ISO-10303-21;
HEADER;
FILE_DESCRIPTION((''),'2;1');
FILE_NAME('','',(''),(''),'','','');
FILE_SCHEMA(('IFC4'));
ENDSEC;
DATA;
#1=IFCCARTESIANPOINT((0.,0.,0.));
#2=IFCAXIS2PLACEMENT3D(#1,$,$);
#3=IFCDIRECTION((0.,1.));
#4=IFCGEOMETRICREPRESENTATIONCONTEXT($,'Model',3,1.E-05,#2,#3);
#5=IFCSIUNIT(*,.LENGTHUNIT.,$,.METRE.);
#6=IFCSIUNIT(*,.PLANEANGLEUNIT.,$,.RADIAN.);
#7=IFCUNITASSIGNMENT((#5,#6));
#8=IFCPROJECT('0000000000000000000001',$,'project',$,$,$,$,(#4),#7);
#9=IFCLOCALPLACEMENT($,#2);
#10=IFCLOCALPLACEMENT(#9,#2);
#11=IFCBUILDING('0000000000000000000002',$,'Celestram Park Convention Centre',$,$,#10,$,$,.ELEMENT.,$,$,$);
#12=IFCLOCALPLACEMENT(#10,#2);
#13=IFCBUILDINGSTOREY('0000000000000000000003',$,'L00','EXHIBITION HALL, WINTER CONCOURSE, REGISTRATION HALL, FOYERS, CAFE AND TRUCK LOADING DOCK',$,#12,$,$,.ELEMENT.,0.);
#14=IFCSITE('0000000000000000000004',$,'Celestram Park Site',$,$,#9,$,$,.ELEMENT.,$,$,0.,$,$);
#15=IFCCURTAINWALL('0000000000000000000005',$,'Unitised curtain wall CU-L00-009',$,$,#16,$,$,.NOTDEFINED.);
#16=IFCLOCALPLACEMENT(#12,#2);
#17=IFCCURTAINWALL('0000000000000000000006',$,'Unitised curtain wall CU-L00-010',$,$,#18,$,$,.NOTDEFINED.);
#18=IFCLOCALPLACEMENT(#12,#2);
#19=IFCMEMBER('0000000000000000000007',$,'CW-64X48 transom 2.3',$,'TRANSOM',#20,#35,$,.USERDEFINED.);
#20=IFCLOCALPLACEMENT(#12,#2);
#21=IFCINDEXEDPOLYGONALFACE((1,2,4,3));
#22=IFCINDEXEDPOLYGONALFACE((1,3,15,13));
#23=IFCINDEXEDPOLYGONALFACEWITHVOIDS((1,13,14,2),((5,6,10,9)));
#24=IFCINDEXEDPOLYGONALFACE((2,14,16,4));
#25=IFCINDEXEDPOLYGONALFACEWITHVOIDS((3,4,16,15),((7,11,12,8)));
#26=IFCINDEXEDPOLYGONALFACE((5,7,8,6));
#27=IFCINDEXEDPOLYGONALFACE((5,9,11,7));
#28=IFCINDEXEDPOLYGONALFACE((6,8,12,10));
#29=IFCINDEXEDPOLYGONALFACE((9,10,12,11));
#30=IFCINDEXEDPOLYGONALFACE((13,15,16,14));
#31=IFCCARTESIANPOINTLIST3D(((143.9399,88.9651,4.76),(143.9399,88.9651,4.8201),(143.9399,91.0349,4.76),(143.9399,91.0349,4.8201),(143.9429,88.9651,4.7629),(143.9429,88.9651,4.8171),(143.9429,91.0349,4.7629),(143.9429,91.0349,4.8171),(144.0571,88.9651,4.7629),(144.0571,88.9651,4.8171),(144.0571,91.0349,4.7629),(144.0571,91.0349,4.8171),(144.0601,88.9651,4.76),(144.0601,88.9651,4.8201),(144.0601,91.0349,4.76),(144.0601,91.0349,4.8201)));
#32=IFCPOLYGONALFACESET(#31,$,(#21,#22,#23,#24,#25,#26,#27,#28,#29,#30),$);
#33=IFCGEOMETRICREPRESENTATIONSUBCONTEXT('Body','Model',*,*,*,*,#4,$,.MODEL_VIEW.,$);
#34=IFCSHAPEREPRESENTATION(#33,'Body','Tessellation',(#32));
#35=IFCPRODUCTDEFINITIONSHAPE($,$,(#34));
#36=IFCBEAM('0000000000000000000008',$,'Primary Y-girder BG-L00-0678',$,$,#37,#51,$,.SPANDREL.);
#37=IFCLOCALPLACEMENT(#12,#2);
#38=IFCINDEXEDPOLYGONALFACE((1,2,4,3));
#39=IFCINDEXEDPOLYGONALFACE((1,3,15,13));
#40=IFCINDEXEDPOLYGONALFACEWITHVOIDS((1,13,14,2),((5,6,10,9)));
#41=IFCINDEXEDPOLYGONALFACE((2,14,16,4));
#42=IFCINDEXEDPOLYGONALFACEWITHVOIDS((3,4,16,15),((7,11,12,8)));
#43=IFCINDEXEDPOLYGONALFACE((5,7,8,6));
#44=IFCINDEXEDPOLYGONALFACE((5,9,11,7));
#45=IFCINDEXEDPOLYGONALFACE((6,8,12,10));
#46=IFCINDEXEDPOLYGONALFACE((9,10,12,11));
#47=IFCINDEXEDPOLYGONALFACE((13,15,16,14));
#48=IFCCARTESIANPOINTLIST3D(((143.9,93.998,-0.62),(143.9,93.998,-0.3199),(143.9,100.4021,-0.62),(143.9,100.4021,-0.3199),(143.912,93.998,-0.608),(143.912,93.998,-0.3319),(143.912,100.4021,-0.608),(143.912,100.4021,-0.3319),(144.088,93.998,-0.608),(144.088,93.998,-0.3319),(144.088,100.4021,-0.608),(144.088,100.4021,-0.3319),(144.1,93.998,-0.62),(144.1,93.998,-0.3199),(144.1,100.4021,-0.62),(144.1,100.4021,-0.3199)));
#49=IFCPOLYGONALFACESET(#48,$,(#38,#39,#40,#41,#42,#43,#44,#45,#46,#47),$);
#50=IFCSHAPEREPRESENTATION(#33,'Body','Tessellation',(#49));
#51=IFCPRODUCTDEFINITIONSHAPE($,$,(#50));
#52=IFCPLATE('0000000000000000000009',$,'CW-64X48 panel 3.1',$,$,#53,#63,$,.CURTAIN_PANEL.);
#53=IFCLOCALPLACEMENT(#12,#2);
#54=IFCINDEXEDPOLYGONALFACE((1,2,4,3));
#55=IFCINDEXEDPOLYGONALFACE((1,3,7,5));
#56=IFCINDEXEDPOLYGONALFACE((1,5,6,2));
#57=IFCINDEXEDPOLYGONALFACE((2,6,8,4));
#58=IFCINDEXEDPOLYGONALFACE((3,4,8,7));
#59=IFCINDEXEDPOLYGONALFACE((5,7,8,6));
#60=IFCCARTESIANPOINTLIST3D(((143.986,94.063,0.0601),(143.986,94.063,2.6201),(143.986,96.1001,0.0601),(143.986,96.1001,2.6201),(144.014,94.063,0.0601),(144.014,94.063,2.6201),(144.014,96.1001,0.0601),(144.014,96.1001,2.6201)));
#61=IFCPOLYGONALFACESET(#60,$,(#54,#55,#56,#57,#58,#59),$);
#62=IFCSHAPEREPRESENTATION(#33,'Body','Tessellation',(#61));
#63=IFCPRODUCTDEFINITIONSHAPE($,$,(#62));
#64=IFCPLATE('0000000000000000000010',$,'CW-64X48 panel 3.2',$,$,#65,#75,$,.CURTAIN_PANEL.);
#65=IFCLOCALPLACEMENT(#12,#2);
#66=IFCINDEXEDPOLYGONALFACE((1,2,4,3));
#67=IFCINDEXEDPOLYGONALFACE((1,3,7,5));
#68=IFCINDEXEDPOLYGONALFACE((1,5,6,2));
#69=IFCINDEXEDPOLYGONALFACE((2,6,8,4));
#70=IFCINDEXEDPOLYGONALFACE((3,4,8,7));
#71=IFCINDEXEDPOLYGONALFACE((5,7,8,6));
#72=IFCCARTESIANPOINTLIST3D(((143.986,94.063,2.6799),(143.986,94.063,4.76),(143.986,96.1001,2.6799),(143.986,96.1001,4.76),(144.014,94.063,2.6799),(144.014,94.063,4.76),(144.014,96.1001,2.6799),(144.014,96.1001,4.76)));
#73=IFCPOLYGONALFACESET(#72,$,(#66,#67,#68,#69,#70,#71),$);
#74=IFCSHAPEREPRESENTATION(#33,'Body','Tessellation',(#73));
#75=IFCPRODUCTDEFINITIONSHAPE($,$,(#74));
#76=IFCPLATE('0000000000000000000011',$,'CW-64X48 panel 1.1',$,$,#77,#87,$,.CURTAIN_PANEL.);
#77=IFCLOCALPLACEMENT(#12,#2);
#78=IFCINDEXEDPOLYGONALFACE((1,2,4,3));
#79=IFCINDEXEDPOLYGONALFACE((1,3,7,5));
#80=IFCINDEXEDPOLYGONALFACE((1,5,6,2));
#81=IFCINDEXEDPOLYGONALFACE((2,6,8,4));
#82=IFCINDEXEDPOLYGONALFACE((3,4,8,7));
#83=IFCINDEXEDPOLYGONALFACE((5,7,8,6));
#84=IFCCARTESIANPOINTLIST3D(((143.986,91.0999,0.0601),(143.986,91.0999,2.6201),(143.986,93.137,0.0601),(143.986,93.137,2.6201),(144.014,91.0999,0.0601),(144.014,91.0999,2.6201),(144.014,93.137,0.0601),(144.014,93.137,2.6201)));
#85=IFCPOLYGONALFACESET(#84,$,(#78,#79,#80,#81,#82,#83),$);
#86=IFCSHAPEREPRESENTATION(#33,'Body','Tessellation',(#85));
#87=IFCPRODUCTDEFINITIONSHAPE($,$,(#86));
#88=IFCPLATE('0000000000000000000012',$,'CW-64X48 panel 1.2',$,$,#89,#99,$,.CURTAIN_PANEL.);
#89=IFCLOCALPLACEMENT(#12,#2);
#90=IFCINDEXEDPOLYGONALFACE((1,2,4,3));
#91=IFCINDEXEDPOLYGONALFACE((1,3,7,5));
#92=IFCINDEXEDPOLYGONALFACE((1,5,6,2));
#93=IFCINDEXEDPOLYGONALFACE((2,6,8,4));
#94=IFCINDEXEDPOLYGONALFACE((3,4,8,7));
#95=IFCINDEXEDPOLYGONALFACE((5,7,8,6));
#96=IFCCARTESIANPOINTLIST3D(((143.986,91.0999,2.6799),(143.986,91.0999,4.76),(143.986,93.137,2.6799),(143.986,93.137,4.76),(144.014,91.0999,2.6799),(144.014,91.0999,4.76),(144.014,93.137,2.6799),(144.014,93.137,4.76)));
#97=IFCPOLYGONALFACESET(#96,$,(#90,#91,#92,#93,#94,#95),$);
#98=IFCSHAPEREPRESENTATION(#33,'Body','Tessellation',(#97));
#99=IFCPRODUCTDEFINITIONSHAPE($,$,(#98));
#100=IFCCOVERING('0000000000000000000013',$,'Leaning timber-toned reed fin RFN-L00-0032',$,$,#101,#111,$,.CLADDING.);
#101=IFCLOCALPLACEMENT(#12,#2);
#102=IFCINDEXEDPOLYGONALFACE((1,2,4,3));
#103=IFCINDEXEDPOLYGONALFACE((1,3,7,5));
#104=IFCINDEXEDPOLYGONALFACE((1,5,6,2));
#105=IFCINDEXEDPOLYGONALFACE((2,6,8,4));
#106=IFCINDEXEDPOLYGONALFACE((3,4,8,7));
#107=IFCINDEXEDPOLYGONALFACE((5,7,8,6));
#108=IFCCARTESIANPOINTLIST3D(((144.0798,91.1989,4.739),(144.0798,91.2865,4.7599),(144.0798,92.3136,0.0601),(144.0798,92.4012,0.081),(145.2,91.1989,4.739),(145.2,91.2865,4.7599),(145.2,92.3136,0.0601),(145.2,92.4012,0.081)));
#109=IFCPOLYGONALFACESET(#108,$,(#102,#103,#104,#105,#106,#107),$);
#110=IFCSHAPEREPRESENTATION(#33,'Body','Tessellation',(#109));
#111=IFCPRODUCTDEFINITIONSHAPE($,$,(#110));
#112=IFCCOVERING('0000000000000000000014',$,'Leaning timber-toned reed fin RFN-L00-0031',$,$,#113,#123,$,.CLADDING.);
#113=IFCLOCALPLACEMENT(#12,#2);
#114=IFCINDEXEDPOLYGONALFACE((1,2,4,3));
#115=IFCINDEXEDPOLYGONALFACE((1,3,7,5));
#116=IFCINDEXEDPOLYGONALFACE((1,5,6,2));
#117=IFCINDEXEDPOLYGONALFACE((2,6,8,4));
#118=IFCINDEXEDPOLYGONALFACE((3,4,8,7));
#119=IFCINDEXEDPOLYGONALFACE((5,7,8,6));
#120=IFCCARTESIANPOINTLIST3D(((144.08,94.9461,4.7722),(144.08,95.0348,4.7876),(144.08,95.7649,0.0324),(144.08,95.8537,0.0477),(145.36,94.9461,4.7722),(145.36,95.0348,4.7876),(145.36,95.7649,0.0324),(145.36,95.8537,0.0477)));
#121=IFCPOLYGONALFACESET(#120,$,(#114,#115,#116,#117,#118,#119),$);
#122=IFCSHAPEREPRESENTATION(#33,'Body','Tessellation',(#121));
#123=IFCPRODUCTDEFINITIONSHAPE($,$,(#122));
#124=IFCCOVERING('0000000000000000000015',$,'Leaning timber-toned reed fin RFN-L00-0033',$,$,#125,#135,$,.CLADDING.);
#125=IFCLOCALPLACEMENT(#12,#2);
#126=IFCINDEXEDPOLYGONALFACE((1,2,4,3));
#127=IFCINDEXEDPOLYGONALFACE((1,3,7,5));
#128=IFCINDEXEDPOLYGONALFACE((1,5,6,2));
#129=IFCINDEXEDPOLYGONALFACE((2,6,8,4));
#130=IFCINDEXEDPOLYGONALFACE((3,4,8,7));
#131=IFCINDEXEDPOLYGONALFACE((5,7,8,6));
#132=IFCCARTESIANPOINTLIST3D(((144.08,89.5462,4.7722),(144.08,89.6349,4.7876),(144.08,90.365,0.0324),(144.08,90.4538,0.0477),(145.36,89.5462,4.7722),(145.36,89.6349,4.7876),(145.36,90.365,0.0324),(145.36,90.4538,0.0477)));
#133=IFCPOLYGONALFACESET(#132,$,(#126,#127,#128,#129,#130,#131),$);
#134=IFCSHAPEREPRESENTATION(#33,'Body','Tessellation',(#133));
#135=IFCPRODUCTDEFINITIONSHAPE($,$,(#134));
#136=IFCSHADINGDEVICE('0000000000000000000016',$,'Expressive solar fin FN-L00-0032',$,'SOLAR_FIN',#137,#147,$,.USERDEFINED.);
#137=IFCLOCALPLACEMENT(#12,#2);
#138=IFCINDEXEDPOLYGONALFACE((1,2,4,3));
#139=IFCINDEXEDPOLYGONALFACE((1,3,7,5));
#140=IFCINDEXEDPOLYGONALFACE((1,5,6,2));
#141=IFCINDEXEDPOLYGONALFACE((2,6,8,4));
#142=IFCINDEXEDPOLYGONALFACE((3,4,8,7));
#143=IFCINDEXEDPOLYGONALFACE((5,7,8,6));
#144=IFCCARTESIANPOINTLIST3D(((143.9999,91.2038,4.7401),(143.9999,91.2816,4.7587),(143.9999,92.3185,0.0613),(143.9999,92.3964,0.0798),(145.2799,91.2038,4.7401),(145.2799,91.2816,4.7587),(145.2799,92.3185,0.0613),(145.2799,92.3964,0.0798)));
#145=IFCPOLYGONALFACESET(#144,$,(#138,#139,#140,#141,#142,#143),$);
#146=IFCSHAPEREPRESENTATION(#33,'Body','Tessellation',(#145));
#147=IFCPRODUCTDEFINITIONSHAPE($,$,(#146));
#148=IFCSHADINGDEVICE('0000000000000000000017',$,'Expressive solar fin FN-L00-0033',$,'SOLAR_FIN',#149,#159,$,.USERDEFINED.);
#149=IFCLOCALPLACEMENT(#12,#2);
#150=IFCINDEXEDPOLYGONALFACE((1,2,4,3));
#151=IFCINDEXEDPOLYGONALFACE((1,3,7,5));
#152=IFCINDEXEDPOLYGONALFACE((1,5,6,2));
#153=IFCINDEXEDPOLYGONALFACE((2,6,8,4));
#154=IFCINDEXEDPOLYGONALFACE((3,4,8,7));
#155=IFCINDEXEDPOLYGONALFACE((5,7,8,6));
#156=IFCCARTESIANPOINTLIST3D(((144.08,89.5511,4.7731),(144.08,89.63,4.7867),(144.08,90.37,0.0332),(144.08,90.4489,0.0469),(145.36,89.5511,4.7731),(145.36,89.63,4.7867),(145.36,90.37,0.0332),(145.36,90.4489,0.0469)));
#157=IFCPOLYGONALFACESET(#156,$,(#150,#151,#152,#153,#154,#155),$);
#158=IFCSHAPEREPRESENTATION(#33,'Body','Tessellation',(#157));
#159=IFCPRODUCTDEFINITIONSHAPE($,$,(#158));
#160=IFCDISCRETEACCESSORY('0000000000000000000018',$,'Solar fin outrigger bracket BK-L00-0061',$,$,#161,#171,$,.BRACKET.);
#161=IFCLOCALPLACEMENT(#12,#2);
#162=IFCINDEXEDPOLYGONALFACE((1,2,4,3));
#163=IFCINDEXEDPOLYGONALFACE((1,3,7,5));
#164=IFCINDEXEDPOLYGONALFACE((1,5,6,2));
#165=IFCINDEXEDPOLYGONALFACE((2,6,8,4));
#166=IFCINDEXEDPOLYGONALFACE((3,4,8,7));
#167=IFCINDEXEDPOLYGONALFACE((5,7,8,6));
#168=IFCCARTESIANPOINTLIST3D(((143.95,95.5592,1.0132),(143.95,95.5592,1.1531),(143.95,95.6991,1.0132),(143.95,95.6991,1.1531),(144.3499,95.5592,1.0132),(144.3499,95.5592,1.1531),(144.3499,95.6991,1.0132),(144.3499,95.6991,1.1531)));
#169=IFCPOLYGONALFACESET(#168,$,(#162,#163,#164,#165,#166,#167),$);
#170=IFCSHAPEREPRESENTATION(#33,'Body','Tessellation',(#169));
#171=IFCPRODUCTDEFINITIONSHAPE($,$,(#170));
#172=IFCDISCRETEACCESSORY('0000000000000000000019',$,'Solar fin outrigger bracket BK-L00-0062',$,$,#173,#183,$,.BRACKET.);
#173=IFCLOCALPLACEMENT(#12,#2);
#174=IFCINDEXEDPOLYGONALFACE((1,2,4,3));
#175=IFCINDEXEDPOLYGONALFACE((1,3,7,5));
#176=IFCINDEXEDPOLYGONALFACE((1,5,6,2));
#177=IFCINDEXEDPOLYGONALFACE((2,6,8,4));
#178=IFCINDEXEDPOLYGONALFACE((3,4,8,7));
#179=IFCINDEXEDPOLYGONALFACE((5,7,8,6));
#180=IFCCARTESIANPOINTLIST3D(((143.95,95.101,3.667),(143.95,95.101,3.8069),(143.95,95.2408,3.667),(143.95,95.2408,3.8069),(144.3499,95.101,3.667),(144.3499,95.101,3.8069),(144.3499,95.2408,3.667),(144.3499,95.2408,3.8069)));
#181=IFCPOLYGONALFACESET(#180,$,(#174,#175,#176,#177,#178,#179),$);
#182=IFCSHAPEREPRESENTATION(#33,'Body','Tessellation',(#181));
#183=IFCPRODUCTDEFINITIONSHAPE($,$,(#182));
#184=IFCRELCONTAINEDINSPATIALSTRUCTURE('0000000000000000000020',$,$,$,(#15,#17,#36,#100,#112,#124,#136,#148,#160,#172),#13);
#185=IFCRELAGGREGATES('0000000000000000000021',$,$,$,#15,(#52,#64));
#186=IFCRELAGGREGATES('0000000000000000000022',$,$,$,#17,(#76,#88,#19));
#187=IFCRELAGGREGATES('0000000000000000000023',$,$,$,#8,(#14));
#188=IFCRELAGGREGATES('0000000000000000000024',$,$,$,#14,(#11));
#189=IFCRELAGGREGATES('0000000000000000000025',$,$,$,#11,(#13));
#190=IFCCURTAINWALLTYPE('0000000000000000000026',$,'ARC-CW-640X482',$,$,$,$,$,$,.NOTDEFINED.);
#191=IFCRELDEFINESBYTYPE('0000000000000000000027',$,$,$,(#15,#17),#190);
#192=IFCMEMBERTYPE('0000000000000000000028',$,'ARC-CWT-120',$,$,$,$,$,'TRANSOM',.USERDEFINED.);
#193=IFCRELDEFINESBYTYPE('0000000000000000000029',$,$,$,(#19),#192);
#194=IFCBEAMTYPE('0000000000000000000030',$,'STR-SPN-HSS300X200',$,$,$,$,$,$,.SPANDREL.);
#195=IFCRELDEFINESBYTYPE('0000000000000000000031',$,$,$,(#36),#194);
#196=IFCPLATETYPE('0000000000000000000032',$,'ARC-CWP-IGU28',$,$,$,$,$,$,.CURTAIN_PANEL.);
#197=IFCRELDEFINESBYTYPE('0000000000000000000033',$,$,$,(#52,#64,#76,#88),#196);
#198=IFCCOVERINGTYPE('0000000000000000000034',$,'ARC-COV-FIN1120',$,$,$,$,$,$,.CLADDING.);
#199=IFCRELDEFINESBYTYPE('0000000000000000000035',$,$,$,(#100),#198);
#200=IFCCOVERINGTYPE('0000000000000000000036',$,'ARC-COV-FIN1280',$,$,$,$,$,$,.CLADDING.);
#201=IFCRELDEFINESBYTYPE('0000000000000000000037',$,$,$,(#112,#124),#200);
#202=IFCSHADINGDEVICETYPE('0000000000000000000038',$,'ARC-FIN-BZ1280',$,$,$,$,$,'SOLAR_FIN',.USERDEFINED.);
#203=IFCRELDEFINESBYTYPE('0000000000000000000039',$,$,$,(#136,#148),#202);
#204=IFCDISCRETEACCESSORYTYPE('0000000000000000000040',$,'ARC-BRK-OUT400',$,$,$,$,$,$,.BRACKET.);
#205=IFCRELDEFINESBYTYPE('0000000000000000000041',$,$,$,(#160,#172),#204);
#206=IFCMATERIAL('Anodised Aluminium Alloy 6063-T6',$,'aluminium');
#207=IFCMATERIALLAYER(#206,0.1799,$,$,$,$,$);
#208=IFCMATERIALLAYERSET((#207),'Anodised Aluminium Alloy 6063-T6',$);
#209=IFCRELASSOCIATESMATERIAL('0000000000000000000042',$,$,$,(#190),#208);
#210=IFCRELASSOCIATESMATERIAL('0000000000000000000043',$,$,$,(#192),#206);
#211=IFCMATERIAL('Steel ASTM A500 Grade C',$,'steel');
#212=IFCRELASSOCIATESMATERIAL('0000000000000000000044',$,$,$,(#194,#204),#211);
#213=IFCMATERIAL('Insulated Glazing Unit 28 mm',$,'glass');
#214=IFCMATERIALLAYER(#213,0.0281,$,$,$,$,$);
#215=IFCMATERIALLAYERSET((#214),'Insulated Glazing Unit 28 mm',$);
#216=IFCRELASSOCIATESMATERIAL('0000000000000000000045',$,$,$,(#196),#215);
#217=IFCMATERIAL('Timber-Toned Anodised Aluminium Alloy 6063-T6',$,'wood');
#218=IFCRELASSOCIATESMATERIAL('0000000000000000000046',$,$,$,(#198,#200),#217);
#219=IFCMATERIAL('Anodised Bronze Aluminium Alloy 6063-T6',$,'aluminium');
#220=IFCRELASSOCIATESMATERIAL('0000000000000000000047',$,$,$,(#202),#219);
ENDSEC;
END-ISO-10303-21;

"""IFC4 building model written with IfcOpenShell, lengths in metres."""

from ifc_helpers import new_model, si_unit, direction, frame, origin, origin_2d, place, context, subcontext, project, spatial, rectangle, hollow_rectangle, extrude, material, layer, layer_set, material_profile, profile_set, type_object, element, aggregate, save


model = new_model("IFC4")

# Units and contexts
model_context = context("Model", 3, precision=1e-05, world=origin(), true_north=direction((0.0, 1.0)))
body_context = subcontext(model_context, "Body", "Model", "MODEL_VIEW")
ifc_project = project(units=[si_unit("LENGTHUNIT", "METRE"), si_unit("PLANEANGLEUNIT", "RADIAN")], contexts=[model_context])

# Site, building, storey
site_placement = place(None, origin())
site = spatial("IfcSite", under=ifc_project, at=site_placement, Name="Celestram Park Site", CompositionType="ELEMENT", RefElevation=0.0)
building_placement = place(site_placement, origin())
building = spatial("IfcBuilding", under=site, at=building_placement, Name="Celestram Park Convention Centre", CompositionType="ELEMENT")
storey_placement = place(building_placement, origin())
storey = spatial("IfcBuildingStorey", under=building, at=storey_placement, Name="L00", Description="EXHIBITION HALL, WINTER CONCOURSE, REGISTRATION HALL, FOYERS, CAFE AND TRUCK LOADING DOCK", CompositionType="ELEMENT", Elevation=0.0)

# Curtain wall
ifc_material_1 = material(Name="Anodised Aluminium Alloy 6063-T6", Category="aluminium")
ifc_layer_1 = layer(ifc_material_1, 0.1799)
ifc_layer_set_1 = layer_set([ifc_layer_1], Name="Anodised Aluminium Alloy 6063-T6")
curtain_wall_type = type_object("IfcCurtainWallType", Name="ARC-CW-640X482", PredefinedType="NOTDEFINED", material=ifc_layer_set_1)
curtain_wall_1_placement = place(storey_placement, origin())
curtain_wall_1 = element("IfcCurtainWall", 1, at=curtain_wall_1_placement, inside=storey, type_object=curtain_wall_type, Name="Unitised curtain wall CU-L00-009", PredefinedType="NOTDEFINED")

# Curtain wall
curtain_wall_2_placement = place(storey_placement, origin())
curtain_wall_2 = element("IfcCurtainWall", 2, at=curtain_wall_2_placement, inside=storey, type_object=curtain_wall_type, Name="Unitised curtain wall CU-L00-010", PredefinedType="NOTDEFINED")

# Member
ifc_material_profile_1 = material_profile(ifc_material_1, hollow_rectangle(XDim=0.1201, YDim=0.0601, WallThickness=0.0029, at=origin_2d()), Name="ALU120X60X3")
ifc_profile_set_1 = profile_set([ifc_material_profile_1], Name="Anodised Aluminium Alloy 6063-T6")
member_type_1 = type_object("IfcMemberType", Name="ARC-CWT-120", ElementType="TRANSOM", PredefinedType="USERDEFINED", material=ifc_profile_set_1)
member_1_placement = place(storey_placement, frame((144.0, 91.0349, 4.79), z_axis=(0.0, -1.0, 0.0), x_axis=(1.0, 0.0, 0.0)))
member_1 = element("IfcMember", 3, at=member_1_placement, type_object=member_type_1, Name="CW-64X48 transom 2.3", ObjectType="TRANSOM", PredefinedType="USERDEFINED", context=body_context, shape_type="SweptSolid", body=[
    extrude(hollow_rectangle(XDim=0.1201, YDim=0.0601, WallThickness=0.0029, at=origin_2d()), origin(), (0.0, 0.0, 1.0), 2.0698),
])

# Beam
ifc_material_2 = material(Name="Steel ASTM A500 Grade C", Category="steel")
ifc_material_profile_2 = material_profile(ifc_material_2, hollow_rectangle(XDim=0.2, YDim=0.3, WallThickness=0.012, at=origin_2d()), Name="HSS300X200X12")
ifc_profile_set_2 = profile_set([ifc_material_profile_2], Name="Steel ASTM A500 Grade C")
beam_type = type_object("IfcBeamType", Name="STR-SPN-HSS300X200", PredefinedType="SPANDREL", material=ifc_profile_set_2)
beam_placement = place(storey_placement, frame((144.0, 93.998, -0.47), z_axis=(0.0, 1.0, 0.0), x_axis=(-1.0, 0.0, 0.0)))
element("IfcBeam", 4, at=beam_placement, inside=storey, type_object=beam_type, Name="Primary Y-girder BG-L00-0678", PredefinedType="SPANDREL", context=body_context, shape_type="SweptSolid", body=[
    extrude(hollow_rectangle(XDim=0.2, YDim=0.3, WallThickness=0.012, at=origin_2d()), origin(), (0.0, 0.0, 1.0), 6.4041),
])

# Plates
ifc_material_3 = material(Name="Insulated Glazing Unit 28 mm", Category="glass")
ifc_layer_2 = layer(ifc_material_3, 0.0281)
ifc_layer_set_2 = layer_set([ifc_layer_2], Name="Insulated Glazing Unit 28 mm")
plate_type = type_object("IfcPlateType", Name="ARC-CWP-IGU28", PredefinedType="CURTAIN_PANEL", material=ifc_layer_set_2)
plate_1_placement = place(storey_placement, frame((144.0, 95.0815, 0.0601), z_axis=(0.0, 0.0, 1.0), x_axis=(0.0, -1.0, 0.0)))
plate_1 = element("IfcPlate", 5, at=plate_1_placement, type_object=plate_type, Name="CW-64X48 panel 3.1", PredefinedType="CURTAIN_PANEL", context=body_context, shape_type="SweptSolid", body=[
    extrude(rectangle(XDim=2.0371, YDim=0.0281, at=origin_2d()), origin(), (0.0, 0.0, 1.0), 2.5601),
])
plate_2_placement = place(storey_placement, frame((144.0, 95.0815, 2.6799), z_axis=(0.0, 0.0, 1.0), x_axis=(0.0, -1.0, 0.0)))
plate_2 = element("IfcPlate", 6, at=plate_2_placement, type_object=plate_type, Name="CW-64X48 panel 3.2", PredefinedType="CURTAIN_PANEL", context=body_context, shape_type="SweptSolid", body=[
    extrude(rectangle(XDim=2.0371, YDim=0.0281, at=origin_2d()), origin(), (0.0, 0.0, 1.0), 2.0801),
])
aggregate(curtain_wall_1, [plate_1, plate_2])
plate_3_placement = place(storey_placement, frame((144.0, 92.1184, 0.0601), z_axis=(0.0, 0.0, 1.0), x_axis=(0.0, -1.0, 0.0)))
plate_3 = element("IfcPlate", 7, at=plate_3_placement, type_object=plate_type, Name="CW-64X48 panel 1.1", PredefinedType="CURTAIN_PANEL", context=body_context, shape_type="SweptSolid", body=[
    extrude(rectangle(XDim=2.0371, YDim=0.0281, at=origin_2d()), origin(), (0.0, 0.0, 1.0), 2.5601),
])
plate_4_placement = place(storey_placement, frame((144.0, 92.1184, 2.6799), z_axis=(0.0, 0.0, 1.0), x_axis=(0.0, -1.0, 0.0)))
plate_4 = element("IfcPlate", 8, at=plate_4_placement, type_object=plate_type, Name="CW-64X48 panel 1.2", PredefinedType="CURTAIN_PANEL", context=body_context, shape_type="SweptSolid", body=[
    extrude(rectangle(XDim=2.0371, YDim=0.0281, at=origin_2d()), origin(), (0.0, 0.0, 1.0), 2.0801),
])
aggregate(curtain_wall_2, [plate_3, plate_4, member_1])

# Coverings
ifc_material_4 = material(Name="Timber-Toned Anodised Aluminium Alloy 6063-T6", Category="wood")
ifc_material_profile_3 = material_profile(ifc_material_4, rectangle(XDim=1.1201, YDim=0.0901, at=origin_2d()), Name="REED1120X90")
ifc_profile_set_3 = profile_set([ifc_material_profile_3], Name="Timber-Toned Anodised Aluminium Alloy 6063-T6")
covering_type_1 = type_object("IfcCoveringType", Name="ARC-COV-FIN1120", PredefinedType="CLADDING", material=ifc_profile_set_3)
covering_placement = place(storey_placement, frame((144.6399, 92.3574, 0.0706), z_axis=(0.0, -0.23176, 0.972773), x_axis=(1.0, 0.0, 0.0)))
element("IfcCovering", 9, at=covering_placement, inside=storey, type_object=covering_type_1, Name="Leaning timber-toned reed fin RFN-L00-0032", PredefinedType="CLADDING", context=body_context, shape_type="SweptSolid", body=[
    extrude(rectangle(XDim=1.1201, YDim=0.0901, at=origin_2d()), origin(), (0.0, 0.0, 1.0), 4.8098),
])
ifc_material_profile_4 = material_profile(ifc_material_4, rectangle(XDim=1.28, YDim=0.0901, at=origin_2d()), Name="REED1280X90")
ifc_profile_set_4 = profile_set([ifc_material_profile_4], Name="Timber-Toned Anodised Aluminium Alloy 6063-T6")
covering_type_2 = type_object("IfcCoveringType", Name="ARC-COV-FIN1280", PredefinedType="CLADDING", material=ifc_profile_set_4)
for number, where, z_axis, x_axis, name in (
    (10, (144.72, 95.8093, 0.04), (0.0, -0.17024, 0.985403), (1.0, 0.0, 0.0), "Leaning timber-toned reed fin RFN-L00-0031"),
    (11, (144.72, 90.4094, 0.04), (0.0, -0.17024, 0.985403), (1.0, 0.0, 0.0), "Leaning timber-toned reed fin RFN-L00-0033"),
):
    element("IfcCovering", number, at=place(storey_placement, frame(where, z_axis=z_axis, x_axis=x_axis)), inside=storey, type_object=covering_type_2, Name=name, PredefinedType="CLADDING", context=body_context, shape_type="SweptSolid", body=[
        extrude(rectangle(XDim=1.28, YDim=0.0901, at=origin_2d()), origin(), (0.0, 0.0, 1.0), 4.8101),
    ])

# Shading devices
ifc_material_5 = material(Name="Anodised Bronze Aluminium Alloy 6063-T6", Category="aluminium")
ifc_material_profile_5 = material_profile(ifc_material_5, rectangle(XDim=1.28, YDim=0.0801, at=origin_2d()), Name="FIN1280X80")
ifc_profile_set_5 = profile_set([ifc_material_profile_5], Name="Anodised Bronze Aluminium Alloy 6063-T6")
shading_device_type = type_object("IfcShadingDeviceType", Name="ARC-FIN-BZ1280", ElementType="SOLAR_FIN", PredefinedType="USERDEFINED", material=ifc_profile_set_5)
shading_device_1_placement = place(storey_placement, frame((144.6399, 92.3574, 0.0706), z_axis=(0.0, -0.23176, 0.972773), x_axis=(1.0, 0.0, 0.0)))
element("IfcShadingDevice", 12, at=shading_device_1_placement, inside=storey, type_object=shading_device_type, Name="Expressive solar fin FN-L00-0032", ObjectType="SOLAR_FIN", PredefinedType="USERDEFINED", context=body_context, shape_type="SweptSolid", body=[
    extrude(rectangle(XDim=1.28, YDim=0.0801, at=origin_2d()), origin(), (0.0, 0.0, 1.0), 4.8098),
])
shading_device_2_placement = place(storey_placement, frame((144.72, 90.4094, 0.04), z_axis=(0.0, -0.17024, 0.985403), x_axis=(1.0, 0.0, 0.0)))
element("IfcShadingDevice", 13, at=shading_device_2_placement, inside=storey, type_object=shading_device_type, Name="Expressive solar fin FN-L00-0033", ObjectType="SOLAR_FIN", PredefinedType="USERDEFINED", context=body_context, shape_type="SweptSolid", body=[
    extrude(rectangle(XDim=1.28, YDim=0.0801, at=origin_2d()), origin(), (0.0, 0.0, 1.0), 4.8101),
])

# Discrete accessories
discrete_accessory_type = type_object("IfcDiscreteAccessoryType", Name="ARC-BRK-OUT400", PredefinedType="BRACKET", material=ifc_material_2)
for number, where, z_axis, x_axis, name in (
    (14, (144.1499, 95.6292, 1.0132), (0.0, 0.0, 1.0), (1.0, 0.0, 0.0), "Solar fin outrigger bracket BK-L00-0061"),
    (15, (144.1499, 95.1709, 3.667), (0.0, 0.0, 1.0), (1.0, 0.0, 0.0), "Solar fin outrigger bracket BK-L00-0062"),
):
    element("IfcDiscreteAccessory", number, at=place(storey_placement, frame(where, z_axis=z_axis, x_axis=x_axis)), inside=storey, type_object=discrete_accessory_type, Name=name, PredefinedType="BRACKET", context=body_context, shape_type="SweptSolid", body=[
        extrude(rectangle(XDim=0.3999, YDim=0.1399, at=origin_2d()), origin(), (0.0, 0.0, 1.0), 0.1399),
    ])

save(model, "model.ifc")
